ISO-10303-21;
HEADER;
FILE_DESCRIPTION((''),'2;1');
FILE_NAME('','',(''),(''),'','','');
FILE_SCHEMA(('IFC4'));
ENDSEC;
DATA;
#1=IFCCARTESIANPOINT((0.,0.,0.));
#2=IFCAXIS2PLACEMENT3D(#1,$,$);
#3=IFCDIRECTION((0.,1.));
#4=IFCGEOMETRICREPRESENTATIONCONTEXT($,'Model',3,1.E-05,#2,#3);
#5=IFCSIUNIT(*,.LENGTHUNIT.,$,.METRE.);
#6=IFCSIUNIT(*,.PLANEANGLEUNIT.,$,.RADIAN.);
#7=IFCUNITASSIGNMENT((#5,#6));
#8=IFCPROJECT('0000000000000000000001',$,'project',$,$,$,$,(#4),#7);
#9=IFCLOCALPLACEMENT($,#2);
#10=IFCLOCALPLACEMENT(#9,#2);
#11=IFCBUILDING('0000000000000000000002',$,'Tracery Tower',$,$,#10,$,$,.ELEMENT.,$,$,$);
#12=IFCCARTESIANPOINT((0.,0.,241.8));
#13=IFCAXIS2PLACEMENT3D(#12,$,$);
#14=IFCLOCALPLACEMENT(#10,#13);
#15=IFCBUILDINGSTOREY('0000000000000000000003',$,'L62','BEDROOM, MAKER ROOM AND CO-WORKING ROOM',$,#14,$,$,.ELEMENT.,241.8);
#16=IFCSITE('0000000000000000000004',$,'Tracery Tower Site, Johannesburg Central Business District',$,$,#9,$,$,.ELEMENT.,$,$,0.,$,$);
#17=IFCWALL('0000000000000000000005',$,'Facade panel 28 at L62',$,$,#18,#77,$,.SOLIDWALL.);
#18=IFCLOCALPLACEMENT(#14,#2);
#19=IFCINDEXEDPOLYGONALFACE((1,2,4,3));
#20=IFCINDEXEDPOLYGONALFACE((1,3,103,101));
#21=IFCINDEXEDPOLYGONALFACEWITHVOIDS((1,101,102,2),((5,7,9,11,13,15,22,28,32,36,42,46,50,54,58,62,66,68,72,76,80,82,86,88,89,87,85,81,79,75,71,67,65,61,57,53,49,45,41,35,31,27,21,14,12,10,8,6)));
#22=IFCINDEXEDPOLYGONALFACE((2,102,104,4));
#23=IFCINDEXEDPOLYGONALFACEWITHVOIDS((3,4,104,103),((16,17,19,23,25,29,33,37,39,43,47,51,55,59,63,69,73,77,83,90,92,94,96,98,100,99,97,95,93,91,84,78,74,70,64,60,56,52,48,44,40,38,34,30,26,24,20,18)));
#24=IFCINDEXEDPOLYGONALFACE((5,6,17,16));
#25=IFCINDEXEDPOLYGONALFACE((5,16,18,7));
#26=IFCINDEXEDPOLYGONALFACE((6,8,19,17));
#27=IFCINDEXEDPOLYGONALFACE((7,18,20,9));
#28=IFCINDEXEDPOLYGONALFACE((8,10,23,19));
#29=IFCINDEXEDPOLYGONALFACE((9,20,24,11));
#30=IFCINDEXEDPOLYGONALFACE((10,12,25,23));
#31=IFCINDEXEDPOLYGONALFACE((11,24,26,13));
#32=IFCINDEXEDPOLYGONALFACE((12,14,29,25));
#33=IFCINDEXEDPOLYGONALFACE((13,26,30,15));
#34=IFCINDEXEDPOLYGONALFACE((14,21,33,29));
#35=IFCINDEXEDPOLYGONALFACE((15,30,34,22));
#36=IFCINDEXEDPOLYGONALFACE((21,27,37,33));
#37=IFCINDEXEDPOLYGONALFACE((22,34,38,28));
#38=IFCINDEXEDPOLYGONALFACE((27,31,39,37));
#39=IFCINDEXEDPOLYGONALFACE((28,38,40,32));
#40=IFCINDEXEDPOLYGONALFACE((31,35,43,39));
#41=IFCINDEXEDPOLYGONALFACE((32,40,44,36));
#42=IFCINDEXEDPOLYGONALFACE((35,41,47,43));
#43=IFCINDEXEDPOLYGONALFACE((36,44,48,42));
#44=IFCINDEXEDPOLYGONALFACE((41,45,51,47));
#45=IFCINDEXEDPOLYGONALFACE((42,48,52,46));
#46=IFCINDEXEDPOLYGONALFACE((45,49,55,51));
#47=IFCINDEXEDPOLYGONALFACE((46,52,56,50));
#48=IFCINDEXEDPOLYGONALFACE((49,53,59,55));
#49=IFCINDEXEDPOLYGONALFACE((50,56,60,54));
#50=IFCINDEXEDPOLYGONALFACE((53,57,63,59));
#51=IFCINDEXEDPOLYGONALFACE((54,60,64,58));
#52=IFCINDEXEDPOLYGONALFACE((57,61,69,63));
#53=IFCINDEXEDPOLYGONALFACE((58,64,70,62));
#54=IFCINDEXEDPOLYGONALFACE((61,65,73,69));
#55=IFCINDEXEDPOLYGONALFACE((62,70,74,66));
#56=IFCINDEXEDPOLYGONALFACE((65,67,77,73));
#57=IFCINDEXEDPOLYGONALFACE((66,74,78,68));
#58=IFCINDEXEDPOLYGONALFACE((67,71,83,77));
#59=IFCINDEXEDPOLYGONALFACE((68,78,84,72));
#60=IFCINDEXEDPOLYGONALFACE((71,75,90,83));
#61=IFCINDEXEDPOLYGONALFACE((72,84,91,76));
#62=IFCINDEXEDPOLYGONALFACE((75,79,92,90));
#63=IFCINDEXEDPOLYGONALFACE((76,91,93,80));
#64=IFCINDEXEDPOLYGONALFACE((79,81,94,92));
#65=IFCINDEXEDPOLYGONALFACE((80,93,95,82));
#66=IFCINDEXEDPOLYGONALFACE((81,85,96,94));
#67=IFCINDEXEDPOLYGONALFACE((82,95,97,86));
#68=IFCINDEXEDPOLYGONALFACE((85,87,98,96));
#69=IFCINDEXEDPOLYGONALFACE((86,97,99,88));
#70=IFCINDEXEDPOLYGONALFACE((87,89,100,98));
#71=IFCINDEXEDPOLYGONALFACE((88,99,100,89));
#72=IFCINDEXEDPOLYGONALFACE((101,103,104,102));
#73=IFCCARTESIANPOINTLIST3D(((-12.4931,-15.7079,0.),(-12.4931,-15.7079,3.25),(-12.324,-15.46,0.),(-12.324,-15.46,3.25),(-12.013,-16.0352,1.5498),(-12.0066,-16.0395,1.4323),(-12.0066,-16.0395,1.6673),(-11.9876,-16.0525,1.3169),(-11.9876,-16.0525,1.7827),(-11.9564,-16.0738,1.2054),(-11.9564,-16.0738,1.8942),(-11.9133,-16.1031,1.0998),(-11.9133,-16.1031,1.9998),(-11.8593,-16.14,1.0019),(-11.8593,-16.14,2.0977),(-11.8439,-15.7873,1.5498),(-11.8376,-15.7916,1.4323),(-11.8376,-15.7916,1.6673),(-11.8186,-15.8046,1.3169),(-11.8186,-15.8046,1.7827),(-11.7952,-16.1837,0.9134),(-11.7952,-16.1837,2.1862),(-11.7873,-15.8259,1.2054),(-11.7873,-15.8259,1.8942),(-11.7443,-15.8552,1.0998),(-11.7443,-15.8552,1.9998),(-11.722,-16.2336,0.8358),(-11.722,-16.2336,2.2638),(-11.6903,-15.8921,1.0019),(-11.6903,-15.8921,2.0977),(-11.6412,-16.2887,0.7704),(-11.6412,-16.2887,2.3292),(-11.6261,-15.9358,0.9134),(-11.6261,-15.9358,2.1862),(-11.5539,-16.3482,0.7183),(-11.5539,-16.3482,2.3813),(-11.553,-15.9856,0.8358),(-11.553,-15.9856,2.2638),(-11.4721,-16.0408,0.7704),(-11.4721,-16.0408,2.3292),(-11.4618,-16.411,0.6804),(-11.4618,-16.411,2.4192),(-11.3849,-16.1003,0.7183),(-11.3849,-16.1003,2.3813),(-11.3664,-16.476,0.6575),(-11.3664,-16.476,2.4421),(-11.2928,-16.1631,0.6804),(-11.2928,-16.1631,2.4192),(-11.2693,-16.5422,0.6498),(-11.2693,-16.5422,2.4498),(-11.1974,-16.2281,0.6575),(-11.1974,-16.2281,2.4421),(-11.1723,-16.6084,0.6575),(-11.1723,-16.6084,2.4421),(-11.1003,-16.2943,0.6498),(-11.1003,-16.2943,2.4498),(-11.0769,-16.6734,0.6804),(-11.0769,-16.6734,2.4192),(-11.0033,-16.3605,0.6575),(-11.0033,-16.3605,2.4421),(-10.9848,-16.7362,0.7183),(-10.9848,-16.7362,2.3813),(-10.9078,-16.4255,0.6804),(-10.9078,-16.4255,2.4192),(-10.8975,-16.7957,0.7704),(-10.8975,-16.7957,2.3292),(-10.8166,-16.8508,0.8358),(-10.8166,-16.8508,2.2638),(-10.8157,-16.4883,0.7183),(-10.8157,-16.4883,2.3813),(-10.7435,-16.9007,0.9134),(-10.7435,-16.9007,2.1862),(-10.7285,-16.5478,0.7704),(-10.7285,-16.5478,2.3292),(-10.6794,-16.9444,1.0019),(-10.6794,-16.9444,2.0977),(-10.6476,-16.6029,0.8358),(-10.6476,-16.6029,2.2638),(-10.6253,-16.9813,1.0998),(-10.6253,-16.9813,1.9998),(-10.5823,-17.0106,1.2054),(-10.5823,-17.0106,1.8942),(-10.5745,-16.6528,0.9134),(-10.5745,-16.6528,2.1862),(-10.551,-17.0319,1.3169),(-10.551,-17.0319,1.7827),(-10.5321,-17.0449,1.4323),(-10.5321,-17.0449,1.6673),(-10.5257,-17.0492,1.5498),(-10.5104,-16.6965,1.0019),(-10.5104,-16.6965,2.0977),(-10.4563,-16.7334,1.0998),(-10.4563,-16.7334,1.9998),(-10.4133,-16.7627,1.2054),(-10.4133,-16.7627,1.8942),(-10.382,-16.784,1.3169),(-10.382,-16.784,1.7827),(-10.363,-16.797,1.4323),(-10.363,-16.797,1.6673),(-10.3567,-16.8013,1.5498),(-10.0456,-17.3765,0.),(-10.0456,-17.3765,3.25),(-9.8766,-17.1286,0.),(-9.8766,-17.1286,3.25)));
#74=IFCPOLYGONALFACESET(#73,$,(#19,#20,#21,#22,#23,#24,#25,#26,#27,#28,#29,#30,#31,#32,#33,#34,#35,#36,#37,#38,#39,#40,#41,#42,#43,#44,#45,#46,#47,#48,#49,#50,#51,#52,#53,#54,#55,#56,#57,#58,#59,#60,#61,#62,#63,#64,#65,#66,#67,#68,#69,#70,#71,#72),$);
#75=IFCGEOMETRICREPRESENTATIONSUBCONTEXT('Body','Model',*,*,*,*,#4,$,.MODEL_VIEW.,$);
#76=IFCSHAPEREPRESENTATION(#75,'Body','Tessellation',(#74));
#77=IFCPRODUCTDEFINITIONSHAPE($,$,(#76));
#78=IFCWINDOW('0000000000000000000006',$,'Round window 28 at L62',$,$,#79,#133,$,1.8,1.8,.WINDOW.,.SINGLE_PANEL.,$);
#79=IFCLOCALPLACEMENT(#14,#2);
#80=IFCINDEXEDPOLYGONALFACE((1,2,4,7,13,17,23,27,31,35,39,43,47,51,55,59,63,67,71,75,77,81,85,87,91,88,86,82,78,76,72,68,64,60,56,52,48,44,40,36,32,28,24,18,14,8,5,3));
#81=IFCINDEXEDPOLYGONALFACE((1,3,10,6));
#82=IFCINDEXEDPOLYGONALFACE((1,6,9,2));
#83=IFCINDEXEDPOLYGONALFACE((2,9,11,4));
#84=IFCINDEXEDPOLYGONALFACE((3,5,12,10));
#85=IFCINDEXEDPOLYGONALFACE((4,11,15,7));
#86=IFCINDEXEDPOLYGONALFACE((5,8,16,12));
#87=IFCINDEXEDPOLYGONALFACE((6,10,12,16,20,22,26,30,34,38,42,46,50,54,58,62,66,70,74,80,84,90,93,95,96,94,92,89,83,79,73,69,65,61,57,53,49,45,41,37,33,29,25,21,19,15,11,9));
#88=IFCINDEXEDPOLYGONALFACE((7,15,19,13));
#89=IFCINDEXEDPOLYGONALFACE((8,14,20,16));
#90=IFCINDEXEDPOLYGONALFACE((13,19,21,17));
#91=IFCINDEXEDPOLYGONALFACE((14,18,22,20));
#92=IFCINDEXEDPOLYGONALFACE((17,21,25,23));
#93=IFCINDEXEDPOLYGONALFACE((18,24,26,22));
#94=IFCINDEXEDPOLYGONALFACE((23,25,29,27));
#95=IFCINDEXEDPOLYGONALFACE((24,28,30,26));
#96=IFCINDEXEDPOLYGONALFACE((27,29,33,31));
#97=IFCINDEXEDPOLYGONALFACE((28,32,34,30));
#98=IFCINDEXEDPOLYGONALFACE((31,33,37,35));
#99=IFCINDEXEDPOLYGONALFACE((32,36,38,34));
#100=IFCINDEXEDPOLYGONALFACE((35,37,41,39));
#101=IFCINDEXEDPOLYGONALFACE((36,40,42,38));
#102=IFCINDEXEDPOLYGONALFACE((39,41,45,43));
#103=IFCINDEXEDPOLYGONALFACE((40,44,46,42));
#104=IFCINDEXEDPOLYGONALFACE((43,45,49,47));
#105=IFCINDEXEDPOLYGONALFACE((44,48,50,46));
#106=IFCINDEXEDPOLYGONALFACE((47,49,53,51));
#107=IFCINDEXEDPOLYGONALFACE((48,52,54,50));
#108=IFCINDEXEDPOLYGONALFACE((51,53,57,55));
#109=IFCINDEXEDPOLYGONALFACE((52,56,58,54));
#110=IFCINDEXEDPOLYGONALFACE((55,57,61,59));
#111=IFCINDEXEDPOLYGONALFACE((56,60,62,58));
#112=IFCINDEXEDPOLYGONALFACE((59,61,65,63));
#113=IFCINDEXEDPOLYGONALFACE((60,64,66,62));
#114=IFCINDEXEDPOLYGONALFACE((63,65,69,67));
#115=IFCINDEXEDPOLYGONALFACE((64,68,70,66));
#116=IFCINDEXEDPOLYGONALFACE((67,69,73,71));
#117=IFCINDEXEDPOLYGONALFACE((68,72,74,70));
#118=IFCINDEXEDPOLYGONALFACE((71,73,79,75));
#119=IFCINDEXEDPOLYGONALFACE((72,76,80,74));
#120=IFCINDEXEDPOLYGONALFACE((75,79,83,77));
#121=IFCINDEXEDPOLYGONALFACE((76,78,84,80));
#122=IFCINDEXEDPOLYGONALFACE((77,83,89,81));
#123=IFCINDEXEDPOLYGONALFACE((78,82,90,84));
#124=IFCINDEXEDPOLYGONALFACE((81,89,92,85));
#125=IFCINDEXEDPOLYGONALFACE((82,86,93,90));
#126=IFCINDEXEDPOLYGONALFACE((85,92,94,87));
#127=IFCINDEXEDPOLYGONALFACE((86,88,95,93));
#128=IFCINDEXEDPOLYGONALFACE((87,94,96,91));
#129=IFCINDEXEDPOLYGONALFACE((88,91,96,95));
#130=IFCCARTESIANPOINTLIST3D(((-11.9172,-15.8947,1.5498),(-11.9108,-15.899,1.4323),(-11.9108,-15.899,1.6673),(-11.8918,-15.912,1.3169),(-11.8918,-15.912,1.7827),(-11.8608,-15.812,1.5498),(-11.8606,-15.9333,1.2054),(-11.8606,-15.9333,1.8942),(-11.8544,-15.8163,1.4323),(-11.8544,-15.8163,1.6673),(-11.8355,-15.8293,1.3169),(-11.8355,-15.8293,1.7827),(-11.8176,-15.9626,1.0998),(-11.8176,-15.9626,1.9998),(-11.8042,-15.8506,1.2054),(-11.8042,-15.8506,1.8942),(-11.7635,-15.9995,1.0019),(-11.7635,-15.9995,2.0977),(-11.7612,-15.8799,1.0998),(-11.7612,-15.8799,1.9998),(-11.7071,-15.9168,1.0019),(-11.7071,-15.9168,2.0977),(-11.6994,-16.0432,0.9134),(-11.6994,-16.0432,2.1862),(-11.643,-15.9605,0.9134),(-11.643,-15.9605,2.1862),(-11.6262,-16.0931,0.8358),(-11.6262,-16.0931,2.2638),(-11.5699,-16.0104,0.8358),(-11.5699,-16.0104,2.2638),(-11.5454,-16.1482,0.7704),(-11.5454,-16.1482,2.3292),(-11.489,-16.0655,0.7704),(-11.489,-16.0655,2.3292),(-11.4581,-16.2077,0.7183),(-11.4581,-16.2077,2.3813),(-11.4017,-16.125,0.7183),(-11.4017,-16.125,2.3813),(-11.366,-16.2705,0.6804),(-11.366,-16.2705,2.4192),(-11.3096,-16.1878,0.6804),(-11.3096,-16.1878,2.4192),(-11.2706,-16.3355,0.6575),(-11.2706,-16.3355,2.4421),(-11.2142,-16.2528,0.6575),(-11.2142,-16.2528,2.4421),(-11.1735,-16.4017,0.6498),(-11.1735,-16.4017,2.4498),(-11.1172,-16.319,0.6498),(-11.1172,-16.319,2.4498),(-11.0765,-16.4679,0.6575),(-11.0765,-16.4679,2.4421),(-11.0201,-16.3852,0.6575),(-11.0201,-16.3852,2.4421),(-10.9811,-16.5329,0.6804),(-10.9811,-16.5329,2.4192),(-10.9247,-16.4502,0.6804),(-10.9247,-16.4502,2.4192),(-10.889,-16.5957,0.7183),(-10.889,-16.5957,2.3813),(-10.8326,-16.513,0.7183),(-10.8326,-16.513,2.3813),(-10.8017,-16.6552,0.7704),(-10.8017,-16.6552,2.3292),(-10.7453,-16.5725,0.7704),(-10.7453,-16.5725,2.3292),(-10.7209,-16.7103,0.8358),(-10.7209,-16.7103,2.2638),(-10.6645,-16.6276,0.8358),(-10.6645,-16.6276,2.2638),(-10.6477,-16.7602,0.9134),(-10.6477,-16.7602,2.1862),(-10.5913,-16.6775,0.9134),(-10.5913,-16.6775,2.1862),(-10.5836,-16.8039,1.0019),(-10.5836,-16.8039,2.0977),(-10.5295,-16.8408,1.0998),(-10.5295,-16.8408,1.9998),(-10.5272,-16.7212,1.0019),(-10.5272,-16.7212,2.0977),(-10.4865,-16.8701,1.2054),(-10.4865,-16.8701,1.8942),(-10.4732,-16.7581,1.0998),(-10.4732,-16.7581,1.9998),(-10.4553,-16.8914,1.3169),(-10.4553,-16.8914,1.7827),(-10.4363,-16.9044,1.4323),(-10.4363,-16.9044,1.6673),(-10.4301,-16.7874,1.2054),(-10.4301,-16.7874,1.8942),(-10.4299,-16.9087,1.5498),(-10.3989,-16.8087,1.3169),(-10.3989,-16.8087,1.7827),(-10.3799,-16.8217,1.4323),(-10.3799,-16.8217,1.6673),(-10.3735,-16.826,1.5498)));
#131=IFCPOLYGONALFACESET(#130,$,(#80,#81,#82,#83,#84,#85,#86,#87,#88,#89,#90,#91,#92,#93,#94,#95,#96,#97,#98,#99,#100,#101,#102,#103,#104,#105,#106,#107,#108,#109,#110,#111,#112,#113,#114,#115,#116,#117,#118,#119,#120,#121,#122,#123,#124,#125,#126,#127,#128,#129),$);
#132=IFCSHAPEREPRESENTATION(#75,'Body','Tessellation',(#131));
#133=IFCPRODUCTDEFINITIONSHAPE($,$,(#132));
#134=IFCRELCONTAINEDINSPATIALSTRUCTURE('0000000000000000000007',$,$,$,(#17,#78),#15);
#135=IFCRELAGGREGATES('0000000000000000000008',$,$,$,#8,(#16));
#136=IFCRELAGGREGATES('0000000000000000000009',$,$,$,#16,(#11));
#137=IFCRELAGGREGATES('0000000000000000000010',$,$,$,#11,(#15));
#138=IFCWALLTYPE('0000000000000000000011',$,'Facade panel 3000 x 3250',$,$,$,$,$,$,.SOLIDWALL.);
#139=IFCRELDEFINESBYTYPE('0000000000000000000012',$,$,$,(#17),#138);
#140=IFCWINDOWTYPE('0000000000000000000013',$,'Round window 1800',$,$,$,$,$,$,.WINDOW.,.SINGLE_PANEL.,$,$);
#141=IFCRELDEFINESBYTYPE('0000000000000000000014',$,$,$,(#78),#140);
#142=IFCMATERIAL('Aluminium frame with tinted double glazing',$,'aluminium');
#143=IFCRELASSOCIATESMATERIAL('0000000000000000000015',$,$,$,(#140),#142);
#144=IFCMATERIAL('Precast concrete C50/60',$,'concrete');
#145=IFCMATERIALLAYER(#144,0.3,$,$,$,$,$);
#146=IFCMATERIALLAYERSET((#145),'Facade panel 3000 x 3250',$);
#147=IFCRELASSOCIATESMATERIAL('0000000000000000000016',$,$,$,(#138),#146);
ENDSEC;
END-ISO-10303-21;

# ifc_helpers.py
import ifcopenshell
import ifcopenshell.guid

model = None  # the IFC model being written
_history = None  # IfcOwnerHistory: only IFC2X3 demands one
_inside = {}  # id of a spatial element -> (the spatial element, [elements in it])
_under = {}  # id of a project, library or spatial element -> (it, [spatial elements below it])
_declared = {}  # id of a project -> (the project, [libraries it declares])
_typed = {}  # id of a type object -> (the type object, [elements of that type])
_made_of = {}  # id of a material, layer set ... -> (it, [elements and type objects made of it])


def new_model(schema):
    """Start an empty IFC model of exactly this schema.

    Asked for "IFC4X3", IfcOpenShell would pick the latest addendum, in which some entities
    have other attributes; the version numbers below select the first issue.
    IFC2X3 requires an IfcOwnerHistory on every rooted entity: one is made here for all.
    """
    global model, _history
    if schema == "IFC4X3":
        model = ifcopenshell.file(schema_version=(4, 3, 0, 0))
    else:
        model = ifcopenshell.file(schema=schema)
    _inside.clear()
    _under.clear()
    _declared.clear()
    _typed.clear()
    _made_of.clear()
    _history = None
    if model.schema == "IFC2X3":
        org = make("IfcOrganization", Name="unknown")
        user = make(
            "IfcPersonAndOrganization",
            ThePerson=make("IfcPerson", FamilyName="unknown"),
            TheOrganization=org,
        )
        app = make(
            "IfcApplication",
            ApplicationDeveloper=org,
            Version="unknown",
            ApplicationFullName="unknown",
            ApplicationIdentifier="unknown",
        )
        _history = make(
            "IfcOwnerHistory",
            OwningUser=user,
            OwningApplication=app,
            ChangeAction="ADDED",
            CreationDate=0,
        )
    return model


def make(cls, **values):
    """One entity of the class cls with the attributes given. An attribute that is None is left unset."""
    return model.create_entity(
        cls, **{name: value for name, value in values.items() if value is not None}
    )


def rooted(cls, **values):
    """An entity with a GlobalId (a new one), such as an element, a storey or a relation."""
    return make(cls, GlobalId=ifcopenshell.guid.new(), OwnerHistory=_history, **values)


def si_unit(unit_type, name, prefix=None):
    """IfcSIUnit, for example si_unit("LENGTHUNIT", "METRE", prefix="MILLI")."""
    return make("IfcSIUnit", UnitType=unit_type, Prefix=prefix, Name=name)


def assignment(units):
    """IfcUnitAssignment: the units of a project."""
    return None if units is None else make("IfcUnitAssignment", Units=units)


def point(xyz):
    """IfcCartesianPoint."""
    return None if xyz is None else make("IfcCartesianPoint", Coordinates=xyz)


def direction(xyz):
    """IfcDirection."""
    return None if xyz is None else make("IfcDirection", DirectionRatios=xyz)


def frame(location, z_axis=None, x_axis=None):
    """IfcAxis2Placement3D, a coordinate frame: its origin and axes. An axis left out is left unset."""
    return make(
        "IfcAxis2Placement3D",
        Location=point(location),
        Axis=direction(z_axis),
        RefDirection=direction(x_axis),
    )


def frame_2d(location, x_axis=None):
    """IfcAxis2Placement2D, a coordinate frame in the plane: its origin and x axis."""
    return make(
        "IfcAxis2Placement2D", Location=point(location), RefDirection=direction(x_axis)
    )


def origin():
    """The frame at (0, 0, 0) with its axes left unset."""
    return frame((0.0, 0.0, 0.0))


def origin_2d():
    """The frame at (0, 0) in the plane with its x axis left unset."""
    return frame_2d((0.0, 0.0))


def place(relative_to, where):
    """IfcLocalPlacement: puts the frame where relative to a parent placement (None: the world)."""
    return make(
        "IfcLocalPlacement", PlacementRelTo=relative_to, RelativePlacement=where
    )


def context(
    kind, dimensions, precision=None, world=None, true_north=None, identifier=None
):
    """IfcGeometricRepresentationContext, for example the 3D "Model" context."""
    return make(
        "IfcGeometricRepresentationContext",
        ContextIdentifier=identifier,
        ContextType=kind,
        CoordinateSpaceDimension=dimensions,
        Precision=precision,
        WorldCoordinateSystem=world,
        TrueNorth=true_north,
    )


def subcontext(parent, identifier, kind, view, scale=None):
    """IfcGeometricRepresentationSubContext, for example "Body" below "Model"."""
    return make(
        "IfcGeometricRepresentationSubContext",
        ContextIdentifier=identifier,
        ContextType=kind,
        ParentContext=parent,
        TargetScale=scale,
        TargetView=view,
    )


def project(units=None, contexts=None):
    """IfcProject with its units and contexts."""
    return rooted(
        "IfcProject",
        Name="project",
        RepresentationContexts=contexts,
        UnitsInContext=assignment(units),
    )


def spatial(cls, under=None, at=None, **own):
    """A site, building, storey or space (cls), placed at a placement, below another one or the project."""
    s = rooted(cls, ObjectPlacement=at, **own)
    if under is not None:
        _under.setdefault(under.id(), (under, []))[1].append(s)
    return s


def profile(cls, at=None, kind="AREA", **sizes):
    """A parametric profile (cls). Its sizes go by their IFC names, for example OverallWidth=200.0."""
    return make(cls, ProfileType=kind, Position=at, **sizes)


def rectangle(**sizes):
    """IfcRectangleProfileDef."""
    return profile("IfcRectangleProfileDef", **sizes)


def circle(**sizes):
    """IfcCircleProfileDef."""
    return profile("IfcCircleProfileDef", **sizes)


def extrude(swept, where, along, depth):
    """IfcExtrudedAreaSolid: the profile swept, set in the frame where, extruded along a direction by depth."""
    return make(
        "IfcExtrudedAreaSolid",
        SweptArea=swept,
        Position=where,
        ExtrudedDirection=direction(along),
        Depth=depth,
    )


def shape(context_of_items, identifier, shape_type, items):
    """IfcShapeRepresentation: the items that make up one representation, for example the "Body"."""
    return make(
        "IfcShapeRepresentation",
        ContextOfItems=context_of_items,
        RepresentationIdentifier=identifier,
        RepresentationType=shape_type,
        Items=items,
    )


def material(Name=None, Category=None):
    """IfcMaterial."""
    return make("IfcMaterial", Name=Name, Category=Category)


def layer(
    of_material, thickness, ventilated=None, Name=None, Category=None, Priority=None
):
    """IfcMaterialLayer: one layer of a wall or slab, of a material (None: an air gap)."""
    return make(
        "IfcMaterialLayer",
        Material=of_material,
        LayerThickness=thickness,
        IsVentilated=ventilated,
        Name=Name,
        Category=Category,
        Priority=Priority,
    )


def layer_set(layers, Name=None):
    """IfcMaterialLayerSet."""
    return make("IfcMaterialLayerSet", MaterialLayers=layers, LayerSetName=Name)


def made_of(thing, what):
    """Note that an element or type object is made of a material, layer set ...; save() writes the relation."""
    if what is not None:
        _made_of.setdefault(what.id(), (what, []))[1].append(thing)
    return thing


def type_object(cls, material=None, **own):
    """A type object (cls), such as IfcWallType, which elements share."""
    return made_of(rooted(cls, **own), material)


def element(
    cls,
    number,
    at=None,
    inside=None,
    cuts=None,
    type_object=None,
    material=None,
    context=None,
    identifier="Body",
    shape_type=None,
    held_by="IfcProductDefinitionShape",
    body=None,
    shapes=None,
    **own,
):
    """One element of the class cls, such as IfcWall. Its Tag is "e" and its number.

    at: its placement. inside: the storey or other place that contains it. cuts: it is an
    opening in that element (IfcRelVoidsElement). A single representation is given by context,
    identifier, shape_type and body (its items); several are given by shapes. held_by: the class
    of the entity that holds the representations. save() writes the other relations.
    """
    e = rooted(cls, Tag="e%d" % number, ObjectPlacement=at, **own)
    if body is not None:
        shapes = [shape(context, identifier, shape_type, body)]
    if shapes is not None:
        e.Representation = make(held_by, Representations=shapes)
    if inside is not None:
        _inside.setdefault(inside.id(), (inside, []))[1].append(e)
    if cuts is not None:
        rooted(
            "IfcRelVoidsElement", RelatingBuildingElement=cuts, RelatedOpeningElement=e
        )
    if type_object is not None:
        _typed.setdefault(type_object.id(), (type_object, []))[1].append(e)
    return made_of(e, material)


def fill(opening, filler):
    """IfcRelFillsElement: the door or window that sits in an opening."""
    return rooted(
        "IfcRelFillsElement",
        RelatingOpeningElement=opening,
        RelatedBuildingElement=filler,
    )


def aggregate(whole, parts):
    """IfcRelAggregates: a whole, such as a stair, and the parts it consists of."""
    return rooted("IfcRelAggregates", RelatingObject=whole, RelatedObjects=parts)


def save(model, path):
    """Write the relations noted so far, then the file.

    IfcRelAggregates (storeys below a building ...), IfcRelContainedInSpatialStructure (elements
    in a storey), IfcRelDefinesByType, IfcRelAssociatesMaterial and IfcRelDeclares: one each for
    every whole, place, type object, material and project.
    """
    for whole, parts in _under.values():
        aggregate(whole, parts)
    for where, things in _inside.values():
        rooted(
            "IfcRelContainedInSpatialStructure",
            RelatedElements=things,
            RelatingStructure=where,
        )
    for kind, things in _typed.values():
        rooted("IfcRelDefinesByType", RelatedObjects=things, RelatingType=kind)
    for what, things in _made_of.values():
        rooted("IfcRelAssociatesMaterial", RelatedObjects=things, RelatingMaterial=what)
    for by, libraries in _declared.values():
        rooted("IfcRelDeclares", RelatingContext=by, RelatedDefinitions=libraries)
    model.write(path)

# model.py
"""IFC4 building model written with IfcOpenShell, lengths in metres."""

from ifc_helpers import new_model, si_unit, direction, frame, frame_2d, origin, origin_2d, place, context, subcontext, project, spatial, rectangle, circle, extrude, material, layer, layer_set, type_object, element, fill, save


model = new_model("IFC4")

# Units and contexts
model_context = context("Model", 3, precision=1e-05, world=origin(), true_north=direction((0.0, 1.0)))
body_context = subcontext(model_context, "Body", "Model", "MODEL_VIEW")
ifc_project = project(units=[si_unit("LENGTHUNIT", "METRE"), si_unit("PLANEANGLEUNIT", "RADIAN")], contexts=[model_context])

# Site, building, storey
site_placement = place(None, origin())
site = spatial("IfcSite", under=ifc_project, at=site_placement, Name="Tracery Tower Site, Johannesburg Central Business District", CompositionType="ELEMENT", RefElevation=0.0)
building_placement = place(site_placement, origin())
building = spatial("IfcBuilding", under=site, at=building_placement, Name="Tracery Tower", CompositionType="ELEMENT")
storey_placement = place(building_placement, frame((0.0, 0.0, 241.8)))
storey = spatial("IfcBuildingStorey", under=building, at=storey_placement, Name="L62", Description="BEDROOM, MAKER ROOM AND CO-WORKING ROOM", CompositionType="ELEMENT", Elevation=241.8)

# Wall, opening, window
ifc_material_1 = material(Name="Aluminium frame with tinted double glazing", Category="aluminium")
window_type = type_object("IfcWindowType", Name="Round window 1800", PartitioningType="SINGLE_PANEL", PredefinedType="WINDOW", material=ifc_material_1)
ifc_material_2 = material(Name="Precast concrete C50/60", Category="concrete")
ifc_layer_1 = layer(ifc_material_2, 0.3)
ifc_layer_set_1 = layer_set([ifc_layer_1], Name="Facade panel 3000 x 3250")
wall_type_1 = type_object("IfcWallType", Name="Facade panel 3000 x 3250", PredefinedType="SOLIDWALL", material=ifc_layer_set_1)
wall_1_placement = place(storey_placement, frame((-12.4084, -15.584, 0.0), z_axis=(0.0, 0.0, 1.0), x_axis=(0.826236, -0.563324, 0.0)))
wall_1 = element("IfcWall", 1, at=wall_1_placement, inside=storey, type_object=wall_type_1, Name="Facade panel 28 at L62", PredefinedType="SOLIDWALL", context=body_context, shape_type="SweptSolid", body=[
    extrude(rectangle(XDim=2.9622, YDim=0.3, at=frame_2d((1.481, 0.0))), origin(), (0.0, 0.0, 1.0), 3.25),
])
opening_1_placement = place(wall_1_placement, frame((1.481, 0.0, 1.5498)))
opening_1 = element("IfcOpeningElement", 2, at=opening_1_placement, cuts=wall_1, PredefinedType="OPENING", context=body_context, shape_type="SweptSolid", body=[
    extrude(circle(Radius=0.9, at=origin_2d()), frame((0.0, 0.1599, 0.0), z_axis=(0.0, -1.0, 0.0), x_axis=(1.0, 0.0, 0.0)), (0.0, 0.0, 1.0), 0.3201),
])
window_1_placement = place(opening_1_placement, origin())
window_1 = element("IfcWindow", 3, at=window_1_placement, inside=storey, type_object=window_type, Name="Round window 28 at L62", OverallHeight=1.8, OverallWidth=1.8, PartitioningType="SINGLE_PANEL", PredefinedType="WINDOW", context=body_context, shape_type="SweptSolid", body=[
    extrude(circle(Radius=0.9, at=origin_2d()), frame((0.0, 0.1201, 0.0), z_axis=(0.0, -1.0, 0.0), x_axis=(1.0, 0.0, 0.0)), (0.0, 0.0, 1.0), 0.1001),
])
fill(opening_1, window_1)

save(model, "model.ifc")
